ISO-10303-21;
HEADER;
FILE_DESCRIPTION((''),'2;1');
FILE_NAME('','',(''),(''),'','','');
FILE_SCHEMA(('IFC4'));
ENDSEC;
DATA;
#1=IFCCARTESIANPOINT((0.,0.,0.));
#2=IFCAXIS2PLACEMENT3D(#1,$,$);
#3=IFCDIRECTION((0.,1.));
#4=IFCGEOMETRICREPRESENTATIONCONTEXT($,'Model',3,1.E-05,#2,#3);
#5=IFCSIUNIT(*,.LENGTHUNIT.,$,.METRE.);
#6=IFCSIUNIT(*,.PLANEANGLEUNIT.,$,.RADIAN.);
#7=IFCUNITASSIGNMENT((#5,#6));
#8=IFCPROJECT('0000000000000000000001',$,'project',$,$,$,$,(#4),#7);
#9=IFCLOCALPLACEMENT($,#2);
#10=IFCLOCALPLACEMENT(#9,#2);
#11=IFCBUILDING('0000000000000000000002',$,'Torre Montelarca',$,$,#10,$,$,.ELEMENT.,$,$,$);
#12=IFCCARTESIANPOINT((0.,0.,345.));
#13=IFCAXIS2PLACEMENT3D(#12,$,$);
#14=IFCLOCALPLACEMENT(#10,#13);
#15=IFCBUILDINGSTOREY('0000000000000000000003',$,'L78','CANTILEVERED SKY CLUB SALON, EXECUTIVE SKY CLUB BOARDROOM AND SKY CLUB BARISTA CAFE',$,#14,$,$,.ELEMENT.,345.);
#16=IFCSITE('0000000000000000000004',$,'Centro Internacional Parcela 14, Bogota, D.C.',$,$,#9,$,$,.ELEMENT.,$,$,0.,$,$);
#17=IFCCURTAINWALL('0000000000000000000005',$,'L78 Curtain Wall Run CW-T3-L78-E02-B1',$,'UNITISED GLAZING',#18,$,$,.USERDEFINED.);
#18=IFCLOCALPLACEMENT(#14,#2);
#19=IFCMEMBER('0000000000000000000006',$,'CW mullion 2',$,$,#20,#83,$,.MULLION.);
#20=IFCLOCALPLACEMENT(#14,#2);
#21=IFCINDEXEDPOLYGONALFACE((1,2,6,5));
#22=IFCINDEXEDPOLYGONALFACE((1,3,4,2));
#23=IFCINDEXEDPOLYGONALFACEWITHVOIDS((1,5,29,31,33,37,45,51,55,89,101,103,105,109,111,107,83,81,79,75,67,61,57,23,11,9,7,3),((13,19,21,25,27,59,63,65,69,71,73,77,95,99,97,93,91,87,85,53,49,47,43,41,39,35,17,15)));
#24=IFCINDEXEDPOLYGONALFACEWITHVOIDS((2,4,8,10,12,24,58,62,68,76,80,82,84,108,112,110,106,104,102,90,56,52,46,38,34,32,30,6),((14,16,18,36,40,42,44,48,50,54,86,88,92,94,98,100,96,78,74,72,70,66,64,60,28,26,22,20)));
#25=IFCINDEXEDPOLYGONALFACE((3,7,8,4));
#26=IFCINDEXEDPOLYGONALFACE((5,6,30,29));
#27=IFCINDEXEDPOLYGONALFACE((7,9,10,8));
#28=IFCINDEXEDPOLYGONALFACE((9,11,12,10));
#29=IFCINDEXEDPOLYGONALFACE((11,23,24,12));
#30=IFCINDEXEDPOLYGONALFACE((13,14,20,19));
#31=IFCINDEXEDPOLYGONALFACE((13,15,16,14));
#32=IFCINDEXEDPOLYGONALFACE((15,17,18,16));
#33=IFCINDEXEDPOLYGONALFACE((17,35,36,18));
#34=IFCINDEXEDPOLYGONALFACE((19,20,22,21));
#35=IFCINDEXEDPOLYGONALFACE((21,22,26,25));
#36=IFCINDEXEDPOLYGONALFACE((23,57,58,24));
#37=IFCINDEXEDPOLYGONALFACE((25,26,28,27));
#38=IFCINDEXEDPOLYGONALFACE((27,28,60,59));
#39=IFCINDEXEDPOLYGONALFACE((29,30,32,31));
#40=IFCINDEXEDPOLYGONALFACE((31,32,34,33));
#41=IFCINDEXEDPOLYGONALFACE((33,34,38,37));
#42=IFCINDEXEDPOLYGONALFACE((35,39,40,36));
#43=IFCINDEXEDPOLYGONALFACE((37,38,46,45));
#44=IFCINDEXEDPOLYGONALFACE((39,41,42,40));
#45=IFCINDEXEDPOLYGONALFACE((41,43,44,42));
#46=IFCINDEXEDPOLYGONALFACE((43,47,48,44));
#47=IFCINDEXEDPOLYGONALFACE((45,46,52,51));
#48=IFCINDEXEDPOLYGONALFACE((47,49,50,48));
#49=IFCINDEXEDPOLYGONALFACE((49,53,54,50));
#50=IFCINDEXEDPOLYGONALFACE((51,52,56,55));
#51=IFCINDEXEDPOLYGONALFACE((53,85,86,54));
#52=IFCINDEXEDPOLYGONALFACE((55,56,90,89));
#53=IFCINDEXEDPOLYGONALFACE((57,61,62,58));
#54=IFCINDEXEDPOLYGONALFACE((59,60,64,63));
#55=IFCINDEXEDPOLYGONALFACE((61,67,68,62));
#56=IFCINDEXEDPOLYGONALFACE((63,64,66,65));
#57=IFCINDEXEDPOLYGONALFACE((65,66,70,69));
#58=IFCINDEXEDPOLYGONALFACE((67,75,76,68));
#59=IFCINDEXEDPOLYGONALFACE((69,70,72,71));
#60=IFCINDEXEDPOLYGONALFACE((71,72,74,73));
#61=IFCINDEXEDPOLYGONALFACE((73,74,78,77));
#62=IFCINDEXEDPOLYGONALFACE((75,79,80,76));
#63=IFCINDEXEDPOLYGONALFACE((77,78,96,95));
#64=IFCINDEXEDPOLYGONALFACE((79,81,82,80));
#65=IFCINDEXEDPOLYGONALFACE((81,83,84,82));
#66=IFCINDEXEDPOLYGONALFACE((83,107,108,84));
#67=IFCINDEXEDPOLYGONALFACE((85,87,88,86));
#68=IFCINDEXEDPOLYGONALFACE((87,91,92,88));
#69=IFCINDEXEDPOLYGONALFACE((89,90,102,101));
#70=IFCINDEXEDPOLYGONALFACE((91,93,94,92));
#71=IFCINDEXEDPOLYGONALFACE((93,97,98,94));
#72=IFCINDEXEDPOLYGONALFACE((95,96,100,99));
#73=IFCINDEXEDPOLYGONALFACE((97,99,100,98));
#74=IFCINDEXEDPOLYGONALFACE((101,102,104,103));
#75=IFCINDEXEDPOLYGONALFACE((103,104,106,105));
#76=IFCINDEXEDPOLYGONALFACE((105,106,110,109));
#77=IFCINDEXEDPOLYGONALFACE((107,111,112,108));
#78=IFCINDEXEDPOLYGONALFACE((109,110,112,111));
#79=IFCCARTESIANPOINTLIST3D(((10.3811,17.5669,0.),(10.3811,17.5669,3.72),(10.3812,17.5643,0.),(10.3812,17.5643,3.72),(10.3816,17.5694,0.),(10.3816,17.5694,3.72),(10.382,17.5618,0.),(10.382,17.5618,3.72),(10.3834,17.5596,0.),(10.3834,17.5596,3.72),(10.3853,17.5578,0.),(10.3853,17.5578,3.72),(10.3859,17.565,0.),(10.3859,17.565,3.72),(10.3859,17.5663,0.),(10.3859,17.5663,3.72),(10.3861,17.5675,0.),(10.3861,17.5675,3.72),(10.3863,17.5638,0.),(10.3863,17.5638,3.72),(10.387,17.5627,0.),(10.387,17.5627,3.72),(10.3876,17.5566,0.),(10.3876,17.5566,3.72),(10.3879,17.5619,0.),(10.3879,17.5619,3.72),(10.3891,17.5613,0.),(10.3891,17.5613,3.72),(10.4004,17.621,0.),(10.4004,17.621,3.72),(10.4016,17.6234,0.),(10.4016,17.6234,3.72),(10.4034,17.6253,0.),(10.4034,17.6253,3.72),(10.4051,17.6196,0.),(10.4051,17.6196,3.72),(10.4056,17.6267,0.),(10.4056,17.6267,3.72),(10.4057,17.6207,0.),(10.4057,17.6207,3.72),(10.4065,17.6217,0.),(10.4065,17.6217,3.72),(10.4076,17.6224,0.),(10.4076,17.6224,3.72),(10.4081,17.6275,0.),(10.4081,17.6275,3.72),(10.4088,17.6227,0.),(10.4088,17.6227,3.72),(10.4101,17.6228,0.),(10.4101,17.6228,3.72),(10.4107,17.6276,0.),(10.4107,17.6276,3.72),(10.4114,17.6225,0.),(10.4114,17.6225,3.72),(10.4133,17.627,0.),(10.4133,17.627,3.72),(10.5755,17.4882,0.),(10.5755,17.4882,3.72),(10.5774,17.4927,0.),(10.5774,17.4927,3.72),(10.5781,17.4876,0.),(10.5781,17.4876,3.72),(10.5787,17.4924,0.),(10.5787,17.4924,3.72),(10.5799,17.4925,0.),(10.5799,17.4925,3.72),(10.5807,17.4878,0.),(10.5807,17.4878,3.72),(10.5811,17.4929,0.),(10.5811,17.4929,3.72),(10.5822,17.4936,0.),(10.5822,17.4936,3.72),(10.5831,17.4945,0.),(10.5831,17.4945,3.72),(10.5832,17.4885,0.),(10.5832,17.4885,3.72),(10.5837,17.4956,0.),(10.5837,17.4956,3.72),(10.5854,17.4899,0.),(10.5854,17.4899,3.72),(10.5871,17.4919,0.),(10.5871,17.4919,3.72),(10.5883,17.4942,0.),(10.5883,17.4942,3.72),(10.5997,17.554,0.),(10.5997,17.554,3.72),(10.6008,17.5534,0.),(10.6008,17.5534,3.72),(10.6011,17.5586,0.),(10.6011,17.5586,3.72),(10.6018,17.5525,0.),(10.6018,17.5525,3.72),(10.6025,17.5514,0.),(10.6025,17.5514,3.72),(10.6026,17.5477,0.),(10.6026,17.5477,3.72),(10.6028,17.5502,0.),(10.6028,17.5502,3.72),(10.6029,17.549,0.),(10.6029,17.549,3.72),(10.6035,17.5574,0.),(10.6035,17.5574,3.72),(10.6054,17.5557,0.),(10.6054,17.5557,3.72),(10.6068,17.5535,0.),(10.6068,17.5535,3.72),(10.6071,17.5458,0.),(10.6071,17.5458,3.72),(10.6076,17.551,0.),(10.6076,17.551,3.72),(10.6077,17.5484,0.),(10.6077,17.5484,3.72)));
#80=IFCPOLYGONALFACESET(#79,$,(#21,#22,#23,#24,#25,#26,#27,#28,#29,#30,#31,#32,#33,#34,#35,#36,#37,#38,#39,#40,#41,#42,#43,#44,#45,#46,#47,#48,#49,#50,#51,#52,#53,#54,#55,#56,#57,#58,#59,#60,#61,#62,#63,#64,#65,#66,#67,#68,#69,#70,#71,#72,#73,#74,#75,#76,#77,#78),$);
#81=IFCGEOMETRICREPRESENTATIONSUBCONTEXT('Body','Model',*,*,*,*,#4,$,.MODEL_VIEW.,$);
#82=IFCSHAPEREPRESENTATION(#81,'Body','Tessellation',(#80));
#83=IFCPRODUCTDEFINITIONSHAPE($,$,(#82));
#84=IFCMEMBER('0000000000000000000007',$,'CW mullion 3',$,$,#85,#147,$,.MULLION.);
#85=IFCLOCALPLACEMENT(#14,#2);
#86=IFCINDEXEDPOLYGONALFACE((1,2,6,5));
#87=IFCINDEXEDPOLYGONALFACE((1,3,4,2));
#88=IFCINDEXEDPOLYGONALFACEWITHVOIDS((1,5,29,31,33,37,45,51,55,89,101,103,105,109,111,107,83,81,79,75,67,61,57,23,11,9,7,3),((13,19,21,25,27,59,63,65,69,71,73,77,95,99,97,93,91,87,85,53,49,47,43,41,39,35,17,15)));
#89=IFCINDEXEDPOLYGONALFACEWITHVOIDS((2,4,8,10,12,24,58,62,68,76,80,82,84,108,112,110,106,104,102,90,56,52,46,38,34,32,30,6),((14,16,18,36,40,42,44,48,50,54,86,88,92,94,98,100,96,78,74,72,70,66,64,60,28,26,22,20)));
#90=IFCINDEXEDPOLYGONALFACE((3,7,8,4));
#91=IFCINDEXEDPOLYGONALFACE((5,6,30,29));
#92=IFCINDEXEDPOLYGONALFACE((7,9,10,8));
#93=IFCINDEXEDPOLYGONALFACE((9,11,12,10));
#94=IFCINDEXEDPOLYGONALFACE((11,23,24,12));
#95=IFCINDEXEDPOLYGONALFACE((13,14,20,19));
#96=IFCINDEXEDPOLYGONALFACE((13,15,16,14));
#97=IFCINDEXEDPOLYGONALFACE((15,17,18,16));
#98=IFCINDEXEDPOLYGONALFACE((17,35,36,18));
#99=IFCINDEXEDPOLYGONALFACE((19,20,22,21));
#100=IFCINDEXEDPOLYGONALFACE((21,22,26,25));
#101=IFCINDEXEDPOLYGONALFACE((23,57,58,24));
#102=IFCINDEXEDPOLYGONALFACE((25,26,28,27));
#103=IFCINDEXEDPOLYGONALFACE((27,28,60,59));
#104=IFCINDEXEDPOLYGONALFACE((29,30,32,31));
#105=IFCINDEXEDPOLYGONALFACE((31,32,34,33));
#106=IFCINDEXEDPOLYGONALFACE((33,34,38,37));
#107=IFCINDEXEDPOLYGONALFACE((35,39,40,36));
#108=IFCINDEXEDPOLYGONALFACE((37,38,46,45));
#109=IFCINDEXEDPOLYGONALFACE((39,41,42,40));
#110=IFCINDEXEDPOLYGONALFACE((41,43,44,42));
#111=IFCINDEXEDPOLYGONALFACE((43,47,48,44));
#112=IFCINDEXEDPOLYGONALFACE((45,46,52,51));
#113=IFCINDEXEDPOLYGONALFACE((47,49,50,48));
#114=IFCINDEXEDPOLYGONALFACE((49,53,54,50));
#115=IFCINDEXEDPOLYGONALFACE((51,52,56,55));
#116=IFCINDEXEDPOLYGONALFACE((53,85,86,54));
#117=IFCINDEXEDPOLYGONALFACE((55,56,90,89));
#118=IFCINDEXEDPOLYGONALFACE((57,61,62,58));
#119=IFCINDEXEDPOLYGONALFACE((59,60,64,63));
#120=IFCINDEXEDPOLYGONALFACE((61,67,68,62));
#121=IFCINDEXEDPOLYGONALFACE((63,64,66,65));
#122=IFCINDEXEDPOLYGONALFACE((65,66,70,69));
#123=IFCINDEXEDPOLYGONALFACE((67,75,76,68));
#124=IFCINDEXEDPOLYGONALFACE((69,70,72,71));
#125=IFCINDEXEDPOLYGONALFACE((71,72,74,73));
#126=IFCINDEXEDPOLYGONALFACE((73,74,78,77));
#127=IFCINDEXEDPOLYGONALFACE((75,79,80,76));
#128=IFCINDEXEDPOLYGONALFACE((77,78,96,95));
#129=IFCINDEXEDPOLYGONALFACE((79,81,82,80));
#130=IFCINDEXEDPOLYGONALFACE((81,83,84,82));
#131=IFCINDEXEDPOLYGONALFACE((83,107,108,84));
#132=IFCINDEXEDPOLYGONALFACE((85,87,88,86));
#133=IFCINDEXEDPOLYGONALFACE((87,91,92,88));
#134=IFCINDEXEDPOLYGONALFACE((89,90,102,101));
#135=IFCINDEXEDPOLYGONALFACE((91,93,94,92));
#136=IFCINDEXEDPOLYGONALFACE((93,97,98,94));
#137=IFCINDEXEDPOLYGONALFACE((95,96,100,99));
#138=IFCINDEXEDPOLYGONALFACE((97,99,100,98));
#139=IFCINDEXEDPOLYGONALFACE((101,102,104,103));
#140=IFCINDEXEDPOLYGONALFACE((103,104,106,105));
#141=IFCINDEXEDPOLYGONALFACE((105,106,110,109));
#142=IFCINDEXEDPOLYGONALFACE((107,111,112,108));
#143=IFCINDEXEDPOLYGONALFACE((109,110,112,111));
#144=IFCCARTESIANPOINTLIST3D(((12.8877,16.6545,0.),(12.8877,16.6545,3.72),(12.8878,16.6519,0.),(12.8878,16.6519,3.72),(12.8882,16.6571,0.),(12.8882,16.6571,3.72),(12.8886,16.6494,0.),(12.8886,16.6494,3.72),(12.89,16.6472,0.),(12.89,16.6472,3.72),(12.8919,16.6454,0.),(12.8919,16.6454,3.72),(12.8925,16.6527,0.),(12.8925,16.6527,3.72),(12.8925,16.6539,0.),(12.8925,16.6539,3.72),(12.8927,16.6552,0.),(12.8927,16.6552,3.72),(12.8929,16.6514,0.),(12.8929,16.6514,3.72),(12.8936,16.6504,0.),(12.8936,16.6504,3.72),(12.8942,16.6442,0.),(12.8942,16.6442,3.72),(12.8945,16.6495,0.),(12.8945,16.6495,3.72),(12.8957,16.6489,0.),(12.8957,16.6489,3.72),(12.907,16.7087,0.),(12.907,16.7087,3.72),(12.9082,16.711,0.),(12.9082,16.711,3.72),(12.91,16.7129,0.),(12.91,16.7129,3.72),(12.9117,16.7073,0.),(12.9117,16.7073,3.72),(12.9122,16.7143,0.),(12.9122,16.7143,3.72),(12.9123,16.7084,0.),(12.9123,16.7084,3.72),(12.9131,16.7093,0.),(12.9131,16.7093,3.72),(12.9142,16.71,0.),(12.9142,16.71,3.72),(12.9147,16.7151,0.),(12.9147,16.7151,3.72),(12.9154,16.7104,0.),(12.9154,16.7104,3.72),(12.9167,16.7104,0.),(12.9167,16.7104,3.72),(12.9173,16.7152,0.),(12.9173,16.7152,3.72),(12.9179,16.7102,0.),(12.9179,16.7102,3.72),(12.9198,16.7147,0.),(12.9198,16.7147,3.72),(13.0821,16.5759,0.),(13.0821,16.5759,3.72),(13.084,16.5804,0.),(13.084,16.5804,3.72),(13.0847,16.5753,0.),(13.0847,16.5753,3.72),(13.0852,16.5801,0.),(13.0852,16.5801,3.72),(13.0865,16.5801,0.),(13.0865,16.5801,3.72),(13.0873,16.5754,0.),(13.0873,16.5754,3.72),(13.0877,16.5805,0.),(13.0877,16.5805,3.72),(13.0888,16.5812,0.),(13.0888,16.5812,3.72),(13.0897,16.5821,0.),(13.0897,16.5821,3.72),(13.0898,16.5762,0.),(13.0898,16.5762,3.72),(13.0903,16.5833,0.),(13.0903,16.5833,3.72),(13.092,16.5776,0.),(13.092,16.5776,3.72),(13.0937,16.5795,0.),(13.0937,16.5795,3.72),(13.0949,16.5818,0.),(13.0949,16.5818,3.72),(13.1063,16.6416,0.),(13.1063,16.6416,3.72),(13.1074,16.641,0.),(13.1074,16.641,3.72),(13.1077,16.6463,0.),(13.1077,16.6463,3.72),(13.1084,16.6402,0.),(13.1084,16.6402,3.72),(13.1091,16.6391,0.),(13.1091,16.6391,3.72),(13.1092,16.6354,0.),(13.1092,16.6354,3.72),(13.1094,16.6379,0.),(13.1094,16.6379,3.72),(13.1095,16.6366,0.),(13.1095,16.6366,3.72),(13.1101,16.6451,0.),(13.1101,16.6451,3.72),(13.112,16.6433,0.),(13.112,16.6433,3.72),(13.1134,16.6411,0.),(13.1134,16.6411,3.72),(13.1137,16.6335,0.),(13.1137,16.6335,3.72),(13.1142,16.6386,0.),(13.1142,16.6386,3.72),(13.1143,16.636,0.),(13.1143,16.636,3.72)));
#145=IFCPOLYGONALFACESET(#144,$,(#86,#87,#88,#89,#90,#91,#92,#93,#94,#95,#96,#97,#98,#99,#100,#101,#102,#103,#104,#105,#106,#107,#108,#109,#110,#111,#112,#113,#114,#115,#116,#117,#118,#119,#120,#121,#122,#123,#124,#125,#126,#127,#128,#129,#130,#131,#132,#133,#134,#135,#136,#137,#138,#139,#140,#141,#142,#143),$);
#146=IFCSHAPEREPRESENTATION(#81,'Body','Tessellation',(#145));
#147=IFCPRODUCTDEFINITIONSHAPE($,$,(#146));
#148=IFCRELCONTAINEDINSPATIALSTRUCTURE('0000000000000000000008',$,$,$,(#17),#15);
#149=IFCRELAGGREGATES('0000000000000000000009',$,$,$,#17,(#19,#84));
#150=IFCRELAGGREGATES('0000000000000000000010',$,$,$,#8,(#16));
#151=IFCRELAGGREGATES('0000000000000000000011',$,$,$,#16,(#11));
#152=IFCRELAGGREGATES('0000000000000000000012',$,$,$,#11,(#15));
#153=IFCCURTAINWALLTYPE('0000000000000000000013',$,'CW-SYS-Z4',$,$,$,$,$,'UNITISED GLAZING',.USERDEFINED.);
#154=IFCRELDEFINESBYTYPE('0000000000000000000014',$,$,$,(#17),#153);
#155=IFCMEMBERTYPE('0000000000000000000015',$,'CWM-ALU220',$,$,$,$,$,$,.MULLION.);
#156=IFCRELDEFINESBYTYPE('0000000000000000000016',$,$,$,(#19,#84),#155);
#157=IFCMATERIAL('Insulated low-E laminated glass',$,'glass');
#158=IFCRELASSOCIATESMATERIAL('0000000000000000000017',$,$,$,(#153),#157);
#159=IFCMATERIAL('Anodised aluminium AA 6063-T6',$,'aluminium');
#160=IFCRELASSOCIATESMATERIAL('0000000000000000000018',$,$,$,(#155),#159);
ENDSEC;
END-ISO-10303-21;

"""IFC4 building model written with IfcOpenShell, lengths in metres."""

from ifc_helpers import new_model, si_unit, direction, frame, origin, origin_2d, place, context, subcontext, project, spatial, hollow_rectangle, extrude, source, transform, mapped, material, material_profile, profile_set, type_object, element, aggregate, save


model = new_model("IFC4")

# Units and contexts
model_context = context("Model", 3, precision=1e-05, world=origin(), true_north=direction((0.0, 1.0)))
body_context = subcontext(model_context, "Body", "Model", "MODEL_VIEW")
ifc_project = project(units=[si_unit("LENGTHUNIT", "METRE"), si_unit("PLANEANGLEUNIT", "RADIAN")], contexts=[model_context])

# Site, building, storey
site_placement = place(None, origin())
site = spatial("IfcSite", under=ifc_project, at=site_placement, Name="Centro Internacional Parcela 14, Bogota, D.C.", CompositionType="ELEMENT", RefElevation=0.0)
building_placement = place(site_placement, origin())
building = spatial("IfcBuilding", under=site, at=building_placement, Name="Torre Montelarca", CompositionType="ELEMENT")
storey_placement = place(building_placement, frame((0.0, 0.0, 345.0)))
storey = spatial("IfcBuildingStorey", under=building, at=storey_placement, Name="L78", Description="CANTILEVERED SKY CLUB SALON, EXECUTIVE SKY CLUB BOARDROOM AND SKY CLUB BARISTA CAFE", CompositionType="ELEMENT", Elevation=345.0)

# Curtain wall, members
ifc_material_1 = material(Name="Insulated low-E laminated glass", Category="glass")
curtain_wall_type = type_object("IfcCurtainWallType", Name="CW-SYS-Z4", ElementType="UNITISED GLAZING", PredefinedType="USERDEFINED", material=ifc_material_1)
curtain_wall_1_placement = place(storey_placement, origin())
curtain_wall_1 = element("IfcCurtainWall", 1, at=curtain_wall_1_placement, inside=storey, type_object=curtain_wall_type, Name="L78 Curtain Wall Run CW-T3-L78-E02-B1", ObjectType="UNITISED GLAZING", PredefinedType="USERDEFINED")
ifc_material_2 = material(Name="Anodised aluminium AA 6063-T6", Category="aluminium")
ifc_material_profile_1 = material_profile(ifc_material_2, hollow_rectangle(XDim=0.075, YDim=0.22, WallThickness=0.0049, InnerFilletRadius=0.0049, OuterFilletRadius=0.01, at=origin_2d()), Name="ALU75X220X5", Category="aluminium")
ifc_profile_set_1 = profile_set([ifc_material_profile_1], Name="Anodised aluminium AA 6063-T6")
member_type_1 = type_object("IfcMemberType", Name="CWM-ALU220", PredefinedType="MULLION", material=ifc_profile_set_1)
shared_shape_1 = source(origin(), body_context, "Body", "SweptSolid", [
    extrude(hollow_rectangle(XDim=0.075, YDim=0.22, WallThickness=0.0049, InnerFilletRadius=0.0049, OuterFilletRadius=0.01, at=origin_2d()), origin(), (0.0, 0.0, 1.0), 3.72),
])
member_1_placement = place(storey_placement, frame((10.4944, 17.5576, 0.0), z_axis=(0.0, 0.0, 1.0), x_axis=(0.342024, 0.939691, 0.0)))
member_1 = element("IfcMember", 2, at=member_1_placement, type_object=member_type_1, Name="CW mullion 2", PredefinedType="MULLION", context=body_context, shape_type="MappedRepresentation", body=[
    mapped(shared_shape_1, transform((0.0, 0.0, 0.0), scale=1.0)),
])
member_2_placement = place(storey_placement, frame((13.001, 16.6453, 0.0), z_axis=(0.0, 0.0, 1.0), x_axis=(0.342024, 0.939691, 0.0)))
member_2 = element("IfcMember", 3, at=member_2_placement, type_object=member_type_1, Name="CW mullion 3", PredefinedType="MULLION", context=body_context, shape_type="MappedRepresentation", body=[
    mapped(shared_shape_1, transform((0.0, 0.0, 0.0), scale=1.0)),
])

aggregate(curtain_wall_1, [member_1, member_2])

save(model, "model.ifc")
